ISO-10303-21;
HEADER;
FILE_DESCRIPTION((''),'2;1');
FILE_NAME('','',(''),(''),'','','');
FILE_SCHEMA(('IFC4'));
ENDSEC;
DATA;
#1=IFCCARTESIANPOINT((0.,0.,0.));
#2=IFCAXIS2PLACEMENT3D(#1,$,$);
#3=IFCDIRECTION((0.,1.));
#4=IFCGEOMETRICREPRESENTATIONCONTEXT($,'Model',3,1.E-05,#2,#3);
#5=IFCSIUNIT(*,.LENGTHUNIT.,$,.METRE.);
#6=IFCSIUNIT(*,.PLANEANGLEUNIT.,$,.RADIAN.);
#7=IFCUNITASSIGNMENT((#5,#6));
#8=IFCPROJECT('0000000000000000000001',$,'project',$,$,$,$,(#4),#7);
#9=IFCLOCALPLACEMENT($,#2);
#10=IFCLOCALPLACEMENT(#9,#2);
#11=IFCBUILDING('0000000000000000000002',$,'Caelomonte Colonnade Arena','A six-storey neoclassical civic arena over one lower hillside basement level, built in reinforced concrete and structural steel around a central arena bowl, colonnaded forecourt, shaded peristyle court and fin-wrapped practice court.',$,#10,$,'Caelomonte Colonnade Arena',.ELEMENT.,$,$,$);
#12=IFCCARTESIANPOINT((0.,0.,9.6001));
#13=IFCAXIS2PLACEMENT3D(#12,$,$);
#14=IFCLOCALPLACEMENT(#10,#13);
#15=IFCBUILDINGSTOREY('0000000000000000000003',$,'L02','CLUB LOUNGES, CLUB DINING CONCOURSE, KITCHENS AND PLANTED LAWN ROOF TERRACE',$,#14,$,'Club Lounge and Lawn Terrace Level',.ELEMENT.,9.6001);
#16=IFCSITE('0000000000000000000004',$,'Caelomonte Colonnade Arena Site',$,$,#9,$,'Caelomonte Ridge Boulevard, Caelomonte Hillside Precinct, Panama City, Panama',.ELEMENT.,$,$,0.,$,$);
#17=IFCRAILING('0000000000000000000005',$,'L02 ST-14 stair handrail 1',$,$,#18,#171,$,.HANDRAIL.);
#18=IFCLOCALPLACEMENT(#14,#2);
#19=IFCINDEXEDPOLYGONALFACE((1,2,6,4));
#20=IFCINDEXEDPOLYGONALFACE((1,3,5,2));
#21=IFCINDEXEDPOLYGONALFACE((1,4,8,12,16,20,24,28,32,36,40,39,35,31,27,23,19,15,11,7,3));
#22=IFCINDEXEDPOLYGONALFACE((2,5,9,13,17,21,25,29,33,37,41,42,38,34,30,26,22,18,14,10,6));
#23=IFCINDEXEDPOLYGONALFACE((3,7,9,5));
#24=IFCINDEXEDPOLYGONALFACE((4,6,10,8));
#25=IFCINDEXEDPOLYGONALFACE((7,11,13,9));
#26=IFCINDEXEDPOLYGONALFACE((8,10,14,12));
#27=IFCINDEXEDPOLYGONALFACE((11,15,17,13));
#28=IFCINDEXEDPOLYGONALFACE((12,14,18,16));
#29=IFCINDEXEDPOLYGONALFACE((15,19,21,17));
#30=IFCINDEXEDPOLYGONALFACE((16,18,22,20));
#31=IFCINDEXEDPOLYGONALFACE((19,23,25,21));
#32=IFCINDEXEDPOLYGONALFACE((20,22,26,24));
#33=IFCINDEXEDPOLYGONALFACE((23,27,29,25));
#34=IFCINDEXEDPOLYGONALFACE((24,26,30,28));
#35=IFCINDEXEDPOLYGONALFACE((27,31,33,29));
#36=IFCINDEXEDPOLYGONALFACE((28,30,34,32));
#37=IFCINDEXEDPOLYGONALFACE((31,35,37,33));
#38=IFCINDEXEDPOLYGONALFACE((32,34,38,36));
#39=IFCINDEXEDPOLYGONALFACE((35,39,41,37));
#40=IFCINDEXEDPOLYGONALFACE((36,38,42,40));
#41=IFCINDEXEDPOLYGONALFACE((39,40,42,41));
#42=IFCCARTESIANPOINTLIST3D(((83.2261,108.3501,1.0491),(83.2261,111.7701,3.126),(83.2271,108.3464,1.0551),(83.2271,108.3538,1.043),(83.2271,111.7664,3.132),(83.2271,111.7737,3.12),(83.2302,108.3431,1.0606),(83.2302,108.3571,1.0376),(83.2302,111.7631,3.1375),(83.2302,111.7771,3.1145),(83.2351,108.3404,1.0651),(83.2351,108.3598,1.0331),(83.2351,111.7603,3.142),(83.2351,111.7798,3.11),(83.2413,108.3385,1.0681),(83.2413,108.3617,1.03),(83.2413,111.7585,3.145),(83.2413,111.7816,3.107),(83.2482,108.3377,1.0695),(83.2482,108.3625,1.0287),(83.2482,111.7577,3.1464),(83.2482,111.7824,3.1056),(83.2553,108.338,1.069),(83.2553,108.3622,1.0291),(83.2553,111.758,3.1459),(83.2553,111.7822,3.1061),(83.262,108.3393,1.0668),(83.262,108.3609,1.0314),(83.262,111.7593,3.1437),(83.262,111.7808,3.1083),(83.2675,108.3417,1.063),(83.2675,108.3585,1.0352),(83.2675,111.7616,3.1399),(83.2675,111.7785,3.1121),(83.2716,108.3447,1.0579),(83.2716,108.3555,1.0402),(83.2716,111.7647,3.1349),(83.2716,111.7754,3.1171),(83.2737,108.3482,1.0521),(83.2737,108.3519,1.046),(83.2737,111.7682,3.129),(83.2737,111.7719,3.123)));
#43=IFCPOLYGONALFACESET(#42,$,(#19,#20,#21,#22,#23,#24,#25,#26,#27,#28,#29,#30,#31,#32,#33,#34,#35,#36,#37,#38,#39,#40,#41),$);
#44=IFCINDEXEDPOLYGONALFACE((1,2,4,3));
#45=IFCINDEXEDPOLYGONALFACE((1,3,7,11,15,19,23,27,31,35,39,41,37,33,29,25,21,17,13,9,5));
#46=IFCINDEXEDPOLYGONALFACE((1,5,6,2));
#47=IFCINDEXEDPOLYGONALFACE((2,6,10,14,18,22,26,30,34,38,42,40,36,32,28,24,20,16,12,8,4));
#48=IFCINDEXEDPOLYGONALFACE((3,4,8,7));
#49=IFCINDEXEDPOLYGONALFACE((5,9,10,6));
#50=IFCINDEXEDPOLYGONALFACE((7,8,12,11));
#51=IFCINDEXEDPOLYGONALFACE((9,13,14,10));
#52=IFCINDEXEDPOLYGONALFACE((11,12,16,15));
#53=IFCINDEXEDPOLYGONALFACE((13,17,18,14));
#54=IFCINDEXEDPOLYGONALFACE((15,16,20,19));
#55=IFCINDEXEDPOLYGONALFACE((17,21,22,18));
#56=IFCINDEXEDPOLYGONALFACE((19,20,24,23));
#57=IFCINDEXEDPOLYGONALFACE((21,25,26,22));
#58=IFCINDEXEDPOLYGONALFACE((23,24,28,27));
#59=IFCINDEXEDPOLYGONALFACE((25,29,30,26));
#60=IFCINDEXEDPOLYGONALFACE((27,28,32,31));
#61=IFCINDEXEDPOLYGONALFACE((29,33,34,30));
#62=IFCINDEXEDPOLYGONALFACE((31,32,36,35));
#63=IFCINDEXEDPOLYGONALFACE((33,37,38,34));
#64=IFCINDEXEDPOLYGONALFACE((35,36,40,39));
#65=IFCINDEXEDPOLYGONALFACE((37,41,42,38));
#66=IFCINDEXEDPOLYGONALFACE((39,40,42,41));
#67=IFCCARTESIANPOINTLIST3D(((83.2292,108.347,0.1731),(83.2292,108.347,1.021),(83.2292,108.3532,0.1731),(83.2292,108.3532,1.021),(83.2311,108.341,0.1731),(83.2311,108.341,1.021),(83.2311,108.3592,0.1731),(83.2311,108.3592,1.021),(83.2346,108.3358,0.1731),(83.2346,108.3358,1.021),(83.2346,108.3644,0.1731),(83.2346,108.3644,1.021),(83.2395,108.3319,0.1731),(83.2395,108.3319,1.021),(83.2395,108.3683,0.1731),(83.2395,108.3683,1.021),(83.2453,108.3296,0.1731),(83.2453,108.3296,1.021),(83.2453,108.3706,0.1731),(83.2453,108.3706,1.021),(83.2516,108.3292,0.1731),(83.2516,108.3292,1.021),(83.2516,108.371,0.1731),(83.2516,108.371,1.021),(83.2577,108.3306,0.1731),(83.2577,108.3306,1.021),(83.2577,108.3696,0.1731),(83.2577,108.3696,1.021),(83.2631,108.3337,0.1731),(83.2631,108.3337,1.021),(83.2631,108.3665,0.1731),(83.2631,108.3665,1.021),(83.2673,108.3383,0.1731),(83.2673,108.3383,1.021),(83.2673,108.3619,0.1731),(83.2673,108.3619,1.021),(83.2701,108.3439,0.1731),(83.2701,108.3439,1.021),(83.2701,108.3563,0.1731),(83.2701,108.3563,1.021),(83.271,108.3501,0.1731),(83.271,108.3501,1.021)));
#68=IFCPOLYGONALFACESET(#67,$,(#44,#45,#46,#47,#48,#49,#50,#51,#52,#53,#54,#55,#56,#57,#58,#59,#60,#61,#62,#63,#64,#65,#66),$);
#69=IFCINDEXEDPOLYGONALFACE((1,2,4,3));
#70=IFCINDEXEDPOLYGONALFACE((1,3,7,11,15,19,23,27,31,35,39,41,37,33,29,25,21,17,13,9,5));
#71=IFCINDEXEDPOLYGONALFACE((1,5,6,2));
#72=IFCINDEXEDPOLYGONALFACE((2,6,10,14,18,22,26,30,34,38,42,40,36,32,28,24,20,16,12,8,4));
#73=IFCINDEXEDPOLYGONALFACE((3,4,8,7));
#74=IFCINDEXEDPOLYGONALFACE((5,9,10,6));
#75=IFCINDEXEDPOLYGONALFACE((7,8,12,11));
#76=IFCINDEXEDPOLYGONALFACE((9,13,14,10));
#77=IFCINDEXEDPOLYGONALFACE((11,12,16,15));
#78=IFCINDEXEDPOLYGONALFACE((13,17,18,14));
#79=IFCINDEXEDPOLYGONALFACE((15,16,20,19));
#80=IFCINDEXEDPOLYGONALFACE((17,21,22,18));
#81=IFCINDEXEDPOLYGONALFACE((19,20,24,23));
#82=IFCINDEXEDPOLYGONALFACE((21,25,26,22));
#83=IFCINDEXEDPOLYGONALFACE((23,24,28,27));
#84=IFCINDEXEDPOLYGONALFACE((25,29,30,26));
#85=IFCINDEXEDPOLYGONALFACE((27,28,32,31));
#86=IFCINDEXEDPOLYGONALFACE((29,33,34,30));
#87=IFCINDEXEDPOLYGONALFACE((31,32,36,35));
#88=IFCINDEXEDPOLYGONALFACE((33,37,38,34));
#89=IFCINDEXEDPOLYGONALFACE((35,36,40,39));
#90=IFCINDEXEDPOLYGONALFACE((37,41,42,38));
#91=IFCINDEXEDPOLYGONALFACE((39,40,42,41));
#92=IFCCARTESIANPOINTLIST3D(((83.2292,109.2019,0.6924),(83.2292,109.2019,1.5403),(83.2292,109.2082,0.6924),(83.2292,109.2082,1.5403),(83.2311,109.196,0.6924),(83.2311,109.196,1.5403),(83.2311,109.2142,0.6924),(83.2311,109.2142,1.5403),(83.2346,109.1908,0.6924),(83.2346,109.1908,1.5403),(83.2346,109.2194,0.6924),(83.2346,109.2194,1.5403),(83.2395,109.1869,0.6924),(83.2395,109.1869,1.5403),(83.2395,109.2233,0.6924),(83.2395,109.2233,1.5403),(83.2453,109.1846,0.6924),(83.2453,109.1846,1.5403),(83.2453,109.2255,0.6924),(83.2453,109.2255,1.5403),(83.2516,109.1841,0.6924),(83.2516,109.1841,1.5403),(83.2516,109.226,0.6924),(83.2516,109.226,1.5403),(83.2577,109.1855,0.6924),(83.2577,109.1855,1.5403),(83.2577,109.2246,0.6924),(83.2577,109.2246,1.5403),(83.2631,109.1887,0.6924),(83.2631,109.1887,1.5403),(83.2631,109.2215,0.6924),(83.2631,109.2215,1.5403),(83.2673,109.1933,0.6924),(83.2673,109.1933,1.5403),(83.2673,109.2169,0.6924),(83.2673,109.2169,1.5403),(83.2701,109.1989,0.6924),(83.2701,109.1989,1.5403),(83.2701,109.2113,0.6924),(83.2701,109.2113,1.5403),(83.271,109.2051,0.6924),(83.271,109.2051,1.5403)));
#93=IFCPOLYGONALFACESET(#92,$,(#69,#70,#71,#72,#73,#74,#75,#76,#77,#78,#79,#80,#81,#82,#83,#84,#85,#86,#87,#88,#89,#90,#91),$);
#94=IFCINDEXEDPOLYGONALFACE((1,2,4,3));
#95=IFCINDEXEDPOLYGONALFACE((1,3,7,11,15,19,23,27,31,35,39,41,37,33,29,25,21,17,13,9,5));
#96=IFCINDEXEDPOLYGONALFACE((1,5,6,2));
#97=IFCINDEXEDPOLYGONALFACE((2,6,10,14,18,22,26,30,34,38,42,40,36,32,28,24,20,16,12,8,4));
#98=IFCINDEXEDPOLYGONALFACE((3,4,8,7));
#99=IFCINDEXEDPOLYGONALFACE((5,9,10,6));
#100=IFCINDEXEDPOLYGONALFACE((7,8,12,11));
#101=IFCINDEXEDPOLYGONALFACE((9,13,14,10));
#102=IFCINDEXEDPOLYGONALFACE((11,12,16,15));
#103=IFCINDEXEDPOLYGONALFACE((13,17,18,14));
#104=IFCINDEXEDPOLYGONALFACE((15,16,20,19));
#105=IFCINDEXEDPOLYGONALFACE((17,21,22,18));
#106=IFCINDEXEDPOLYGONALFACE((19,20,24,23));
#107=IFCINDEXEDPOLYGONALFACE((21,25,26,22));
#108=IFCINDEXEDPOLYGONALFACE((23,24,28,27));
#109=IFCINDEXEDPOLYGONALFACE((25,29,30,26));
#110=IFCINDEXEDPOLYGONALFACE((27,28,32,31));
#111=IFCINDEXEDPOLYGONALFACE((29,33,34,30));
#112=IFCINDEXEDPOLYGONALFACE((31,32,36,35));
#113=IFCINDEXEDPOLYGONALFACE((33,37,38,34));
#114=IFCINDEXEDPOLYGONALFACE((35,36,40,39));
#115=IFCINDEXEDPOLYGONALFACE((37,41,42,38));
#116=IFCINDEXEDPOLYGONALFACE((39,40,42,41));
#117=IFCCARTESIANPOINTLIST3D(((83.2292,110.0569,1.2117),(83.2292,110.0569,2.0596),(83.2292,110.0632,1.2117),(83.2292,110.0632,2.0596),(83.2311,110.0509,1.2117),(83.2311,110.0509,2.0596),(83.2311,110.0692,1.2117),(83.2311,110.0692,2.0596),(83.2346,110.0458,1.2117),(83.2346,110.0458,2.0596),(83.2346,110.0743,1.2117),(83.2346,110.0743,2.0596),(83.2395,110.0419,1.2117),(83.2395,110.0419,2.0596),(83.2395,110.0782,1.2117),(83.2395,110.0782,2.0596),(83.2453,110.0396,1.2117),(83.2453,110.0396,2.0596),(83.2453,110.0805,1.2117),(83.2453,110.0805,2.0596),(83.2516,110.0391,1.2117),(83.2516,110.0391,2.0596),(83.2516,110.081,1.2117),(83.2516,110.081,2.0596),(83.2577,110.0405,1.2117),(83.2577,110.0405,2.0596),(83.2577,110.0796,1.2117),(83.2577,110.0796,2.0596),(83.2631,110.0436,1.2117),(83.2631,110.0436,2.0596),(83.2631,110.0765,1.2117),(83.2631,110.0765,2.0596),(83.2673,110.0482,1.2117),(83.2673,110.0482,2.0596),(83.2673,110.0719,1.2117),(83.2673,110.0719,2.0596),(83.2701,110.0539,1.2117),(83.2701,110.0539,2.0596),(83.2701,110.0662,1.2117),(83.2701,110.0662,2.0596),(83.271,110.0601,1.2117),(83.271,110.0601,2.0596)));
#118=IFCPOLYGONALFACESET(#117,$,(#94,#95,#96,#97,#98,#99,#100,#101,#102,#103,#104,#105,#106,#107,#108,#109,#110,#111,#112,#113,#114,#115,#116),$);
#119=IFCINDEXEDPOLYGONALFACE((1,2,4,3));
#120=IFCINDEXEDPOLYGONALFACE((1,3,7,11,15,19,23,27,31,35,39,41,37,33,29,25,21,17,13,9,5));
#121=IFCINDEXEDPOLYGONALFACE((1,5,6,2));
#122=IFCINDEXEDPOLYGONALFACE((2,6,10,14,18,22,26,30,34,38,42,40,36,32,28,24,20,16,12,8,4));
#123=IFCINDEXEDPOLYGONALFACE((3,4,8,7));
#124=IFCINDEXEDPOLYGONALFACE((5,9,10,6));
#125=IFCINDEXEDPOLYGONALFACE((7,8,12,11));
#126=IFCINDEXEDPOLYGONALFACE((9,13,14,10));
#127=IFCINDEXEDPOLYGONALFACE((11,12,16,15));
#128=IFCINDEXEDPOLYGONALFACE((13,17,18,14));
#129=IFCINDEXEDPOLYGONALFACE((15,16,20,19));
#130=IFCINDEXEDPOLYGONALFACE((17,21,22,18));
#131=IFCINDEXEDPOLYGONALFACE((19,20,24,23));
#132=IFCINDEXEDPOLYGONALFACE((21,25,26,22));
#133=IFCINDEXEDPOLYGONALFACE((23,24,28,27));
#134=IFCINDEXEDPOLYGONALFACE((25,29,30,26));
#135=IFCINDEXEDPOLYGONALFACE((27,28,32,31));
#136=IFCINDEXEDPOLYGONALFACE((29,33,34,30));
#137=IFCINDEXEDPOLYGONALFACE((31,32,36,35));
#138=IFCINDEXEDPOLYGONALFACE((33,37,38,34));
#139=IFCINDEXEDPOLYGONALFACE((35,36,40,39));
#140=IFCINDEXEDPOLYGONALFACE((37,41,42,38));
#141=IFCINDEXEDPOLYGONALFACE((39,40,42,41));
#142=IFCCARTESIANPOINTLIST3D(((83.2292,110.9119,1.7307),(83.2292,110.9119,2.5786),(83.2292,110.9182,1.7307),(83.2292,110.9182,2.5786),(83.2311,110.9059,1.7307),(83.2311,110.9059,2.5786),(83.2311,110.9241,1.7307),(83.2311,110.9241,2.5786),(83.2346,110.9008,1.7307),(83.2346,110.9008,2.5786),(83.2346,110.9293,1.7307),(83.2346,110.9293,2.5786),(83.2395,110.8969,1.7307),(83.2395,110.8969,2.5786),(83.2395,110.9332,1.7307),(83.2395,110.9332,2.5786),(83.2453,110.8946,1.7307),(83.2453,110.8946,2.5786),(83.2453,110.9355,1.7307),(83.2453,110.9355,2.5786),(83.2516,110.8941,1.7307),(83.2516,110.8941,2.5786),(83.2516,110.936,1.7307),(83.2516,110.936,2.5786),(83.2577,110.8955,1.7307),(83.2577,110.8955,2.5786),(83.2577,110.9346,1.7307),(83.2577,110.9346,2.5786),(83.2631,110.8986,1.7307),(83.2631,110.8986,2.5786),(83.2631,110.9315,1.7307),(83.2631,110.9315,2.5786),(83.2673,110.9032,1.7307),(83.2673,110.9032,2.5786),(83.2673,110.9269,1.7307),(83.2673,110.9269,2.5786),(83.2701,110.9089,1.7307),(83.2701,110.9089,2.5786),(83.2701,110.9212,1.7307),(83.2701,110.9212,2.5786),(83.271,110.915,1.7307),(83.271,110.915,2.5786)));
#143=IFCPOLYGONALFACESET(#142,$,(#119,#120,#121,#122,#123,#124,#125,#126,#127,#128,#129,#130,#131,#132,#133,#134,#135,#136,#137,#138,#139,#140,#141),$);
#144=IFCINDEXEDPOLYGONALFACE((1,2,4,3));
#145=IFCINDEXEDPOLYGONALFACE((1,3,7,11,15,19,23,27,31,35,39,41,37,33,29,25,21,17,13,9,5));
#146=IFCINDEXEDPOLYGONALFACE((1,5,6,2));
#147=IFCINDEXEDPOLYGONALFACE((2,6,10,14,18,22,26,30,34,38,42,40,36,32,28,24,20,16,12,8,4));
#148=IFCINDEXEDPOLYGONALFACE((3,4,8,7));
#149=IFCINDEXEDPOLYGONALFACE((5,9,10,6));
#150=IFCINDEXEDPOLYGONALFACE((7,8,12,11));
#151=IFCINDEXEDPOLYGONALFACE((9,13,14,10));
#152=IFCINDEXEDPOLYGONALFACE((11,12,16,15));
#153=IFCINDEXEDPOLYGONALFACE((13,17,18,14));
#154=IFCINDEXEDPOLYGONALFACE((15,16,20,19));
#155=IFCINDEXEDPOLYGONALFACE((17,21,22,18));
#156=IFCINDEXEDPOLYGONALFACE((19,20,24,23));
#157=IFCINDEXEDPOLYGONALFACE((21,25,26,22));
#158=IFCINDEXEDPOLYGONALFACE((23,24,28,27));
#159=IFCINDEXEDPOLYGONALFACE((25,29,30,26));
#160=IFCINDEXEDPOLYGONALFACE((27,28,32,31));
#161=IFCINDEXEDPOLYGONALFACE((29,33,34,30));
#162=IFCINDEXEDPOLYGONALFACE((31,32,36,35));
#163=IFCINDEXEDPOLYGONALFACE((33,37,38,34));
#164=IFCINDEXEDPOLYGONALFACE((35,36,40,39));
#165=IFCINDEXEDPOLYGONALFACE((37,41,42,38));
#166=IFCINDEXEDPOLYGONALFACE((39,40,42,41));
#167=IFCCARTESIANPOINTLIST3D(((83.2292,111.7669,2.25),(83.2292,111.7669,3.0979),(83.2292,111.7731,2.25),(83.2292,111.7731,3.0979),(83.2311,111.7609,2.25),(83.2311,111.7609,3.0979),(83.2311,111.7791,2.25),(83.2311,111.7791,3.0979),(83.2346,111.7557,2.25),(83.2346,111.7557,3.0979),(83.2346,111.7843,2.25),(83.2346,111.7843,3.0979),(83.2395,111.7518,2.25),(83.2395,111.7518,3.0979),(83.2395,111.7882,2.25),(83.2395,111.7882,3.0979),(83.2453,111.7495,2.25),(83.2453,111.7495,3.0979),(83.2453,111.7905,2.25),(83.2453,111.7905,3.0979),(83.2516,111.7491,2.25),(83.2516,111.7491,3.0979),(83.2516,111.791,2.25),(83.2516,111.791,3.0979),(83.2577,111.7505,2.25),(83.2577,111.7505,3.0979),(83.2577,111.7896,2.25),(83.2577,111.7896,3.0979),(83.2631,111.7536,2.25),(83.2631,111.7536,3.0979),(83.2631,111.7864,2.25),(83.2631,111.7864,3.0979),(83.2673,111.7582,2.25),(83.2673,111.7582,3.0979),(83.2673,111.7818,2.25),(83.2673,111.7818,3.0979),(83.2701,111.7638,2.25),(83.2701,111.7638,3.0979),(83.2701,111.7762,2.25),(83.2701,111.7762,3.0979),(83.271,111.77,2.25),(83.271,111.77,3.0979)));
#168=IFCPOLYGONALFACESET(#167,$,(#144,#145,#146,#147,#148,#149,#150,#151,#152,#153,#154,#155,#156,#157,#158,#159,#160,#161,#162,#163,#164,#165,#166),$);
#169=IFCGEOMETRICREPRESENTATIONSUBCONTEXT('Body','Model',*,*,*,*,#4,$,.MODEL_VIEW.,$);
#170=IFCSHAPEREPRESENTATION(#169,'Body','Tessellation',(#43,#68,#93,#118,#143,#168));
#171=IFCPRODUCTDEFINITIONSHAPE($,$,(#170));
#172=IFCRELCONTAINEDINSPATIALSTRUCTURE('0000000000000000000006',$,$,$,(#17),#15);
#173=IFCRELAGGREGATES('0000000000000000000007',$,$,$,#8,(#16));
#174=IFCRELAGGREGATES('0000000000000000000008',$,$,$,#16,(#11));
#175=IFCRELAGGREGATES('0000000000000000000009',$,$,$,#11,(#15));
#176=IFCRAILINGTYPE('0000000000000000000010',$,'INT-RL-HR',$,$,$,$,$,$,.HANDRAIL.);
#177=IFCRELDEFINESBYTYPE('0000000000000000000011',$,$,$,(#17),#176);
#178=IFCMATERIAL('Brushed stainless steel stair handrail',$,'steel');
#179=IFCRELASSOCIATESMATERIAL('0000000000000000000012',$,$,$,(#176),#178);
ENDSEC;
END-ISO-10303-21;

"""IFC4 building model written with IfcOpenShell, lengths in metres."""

from ifc_helpers import new_model, si_unit, direction, frame, origin, origin_2d, place, context, subcontext, project, spatial, circle, extrude, material, type_object, element, save


model = new_model("IFC4")

# Units and contexts
model_context = context("Model", 3, precision=1e-05, world=origin(), true_north=direction((0.0, 1.0)))
body_context = subcontext(model_context, "Body", "Model", "MODEL_VIEW")
ifc_project = project(units=[si_unit("LENGTHUNIT", "METRE"), si_unit("PLANEANGLEUNIT", "RADIAN")], contexts=[model_context])

# Site, building, storey
site_placement = place(None, origin())
site = spatial("IfcSite", under=ifc_project, at=site_placement, Name="Caelomonte Colonnade Arena Site", LongName="Caelomonte Ridge Boulevard, Caelomonte Hillside Precinct, Panama City, Panama", CompositionType="ELEMENT", RefElevation=0.0)
building_placement = place(site_placement, origin())
building = spatial("IfcBuilding", under=site, at=building_placement, Name="Caelomonte Colonnade Arena", Description="A six-storey neoclassical civic arena over one lower hillside basement level, built in reinforced concrete and structural steel around a central arena bowl, colonnaded forecourt, shaded peristyle court and fin-wrapped practice court.", LongName="Caelomonte Colonnade Arena", CompositionType="ELEMENT")
storey_placement = place(building_placement, frame((0.0, 0.0, 9.6001)))
storey = spatial("IfcBuildingStorey", under=building, at=storey_placement, Name="L02", Description="CLUB LOUNGES, CLUB DINING CONCOURSE, KITCHENS AND PLANTED LAWN ROOF TERRACE", LongName="Club Lounge and Lawn Terrace Level", CompositionType="ELEMENT", Elevation=9.6001)

# Railing
ifc_material_1 = material(Name="Brushed stainless steel stair handrail", Category="steel")
railing_type_1 = type_object("IfcRailingType", Name="INT-RL-HR", PredefinedType="HANDRAIL", material=ifc_material_1)
railing_1_placement = place(storey_placement, frame((83.25, 108.3501, 0.1731)))
element("IfcRailing", 1, at=railing_1_placement, inside=storey, type_object=railing_type_1, Name="L02 ST-14 stair handrail 1", PredefinedType="HANDRAIL", context=body_context, shape_type="SweptSolid", body=[
    extrude(circle(Radius=0.0239, at=origin_2d()), frame((0.0, 0.0, 0.876), z_axis=(0.0, 0.85473, 0.519074), x_axis=(-1.0, 0.0, 0.0)), (0.0, 0.0, 1.0), 4.0012),
    extrude(circle(Radius=0.021, at=origin_2d()), origin(), (0.0, 0.0, 1.0), 0.8479),
    extrude(circle(Radius=0.021, at=origin_2d()), frame((0.0, 0.855, 0.5193)), (0.0, 0.0, 1.0), 0.8479),
    extrude(circle(Radius=0.021, at=origin_2d()), frame((0.0, 1.71, 1.0386)), (0.0, 0.0, 1.0), 0.8479),
    extrude(circle(Radius=0.021, at=origin_2d()), frame((0.0, 2.5649, 1.5576)), (0.0, 0.0, 1.0), 0.8479),
    extrude(circle(Radius=0.021, at=origin_2d()), frame((0.0, 3.4199, 2.0769)), (0.0, 0.0, 1.0), 0.8479),
])

save(model, "model.ifc")
